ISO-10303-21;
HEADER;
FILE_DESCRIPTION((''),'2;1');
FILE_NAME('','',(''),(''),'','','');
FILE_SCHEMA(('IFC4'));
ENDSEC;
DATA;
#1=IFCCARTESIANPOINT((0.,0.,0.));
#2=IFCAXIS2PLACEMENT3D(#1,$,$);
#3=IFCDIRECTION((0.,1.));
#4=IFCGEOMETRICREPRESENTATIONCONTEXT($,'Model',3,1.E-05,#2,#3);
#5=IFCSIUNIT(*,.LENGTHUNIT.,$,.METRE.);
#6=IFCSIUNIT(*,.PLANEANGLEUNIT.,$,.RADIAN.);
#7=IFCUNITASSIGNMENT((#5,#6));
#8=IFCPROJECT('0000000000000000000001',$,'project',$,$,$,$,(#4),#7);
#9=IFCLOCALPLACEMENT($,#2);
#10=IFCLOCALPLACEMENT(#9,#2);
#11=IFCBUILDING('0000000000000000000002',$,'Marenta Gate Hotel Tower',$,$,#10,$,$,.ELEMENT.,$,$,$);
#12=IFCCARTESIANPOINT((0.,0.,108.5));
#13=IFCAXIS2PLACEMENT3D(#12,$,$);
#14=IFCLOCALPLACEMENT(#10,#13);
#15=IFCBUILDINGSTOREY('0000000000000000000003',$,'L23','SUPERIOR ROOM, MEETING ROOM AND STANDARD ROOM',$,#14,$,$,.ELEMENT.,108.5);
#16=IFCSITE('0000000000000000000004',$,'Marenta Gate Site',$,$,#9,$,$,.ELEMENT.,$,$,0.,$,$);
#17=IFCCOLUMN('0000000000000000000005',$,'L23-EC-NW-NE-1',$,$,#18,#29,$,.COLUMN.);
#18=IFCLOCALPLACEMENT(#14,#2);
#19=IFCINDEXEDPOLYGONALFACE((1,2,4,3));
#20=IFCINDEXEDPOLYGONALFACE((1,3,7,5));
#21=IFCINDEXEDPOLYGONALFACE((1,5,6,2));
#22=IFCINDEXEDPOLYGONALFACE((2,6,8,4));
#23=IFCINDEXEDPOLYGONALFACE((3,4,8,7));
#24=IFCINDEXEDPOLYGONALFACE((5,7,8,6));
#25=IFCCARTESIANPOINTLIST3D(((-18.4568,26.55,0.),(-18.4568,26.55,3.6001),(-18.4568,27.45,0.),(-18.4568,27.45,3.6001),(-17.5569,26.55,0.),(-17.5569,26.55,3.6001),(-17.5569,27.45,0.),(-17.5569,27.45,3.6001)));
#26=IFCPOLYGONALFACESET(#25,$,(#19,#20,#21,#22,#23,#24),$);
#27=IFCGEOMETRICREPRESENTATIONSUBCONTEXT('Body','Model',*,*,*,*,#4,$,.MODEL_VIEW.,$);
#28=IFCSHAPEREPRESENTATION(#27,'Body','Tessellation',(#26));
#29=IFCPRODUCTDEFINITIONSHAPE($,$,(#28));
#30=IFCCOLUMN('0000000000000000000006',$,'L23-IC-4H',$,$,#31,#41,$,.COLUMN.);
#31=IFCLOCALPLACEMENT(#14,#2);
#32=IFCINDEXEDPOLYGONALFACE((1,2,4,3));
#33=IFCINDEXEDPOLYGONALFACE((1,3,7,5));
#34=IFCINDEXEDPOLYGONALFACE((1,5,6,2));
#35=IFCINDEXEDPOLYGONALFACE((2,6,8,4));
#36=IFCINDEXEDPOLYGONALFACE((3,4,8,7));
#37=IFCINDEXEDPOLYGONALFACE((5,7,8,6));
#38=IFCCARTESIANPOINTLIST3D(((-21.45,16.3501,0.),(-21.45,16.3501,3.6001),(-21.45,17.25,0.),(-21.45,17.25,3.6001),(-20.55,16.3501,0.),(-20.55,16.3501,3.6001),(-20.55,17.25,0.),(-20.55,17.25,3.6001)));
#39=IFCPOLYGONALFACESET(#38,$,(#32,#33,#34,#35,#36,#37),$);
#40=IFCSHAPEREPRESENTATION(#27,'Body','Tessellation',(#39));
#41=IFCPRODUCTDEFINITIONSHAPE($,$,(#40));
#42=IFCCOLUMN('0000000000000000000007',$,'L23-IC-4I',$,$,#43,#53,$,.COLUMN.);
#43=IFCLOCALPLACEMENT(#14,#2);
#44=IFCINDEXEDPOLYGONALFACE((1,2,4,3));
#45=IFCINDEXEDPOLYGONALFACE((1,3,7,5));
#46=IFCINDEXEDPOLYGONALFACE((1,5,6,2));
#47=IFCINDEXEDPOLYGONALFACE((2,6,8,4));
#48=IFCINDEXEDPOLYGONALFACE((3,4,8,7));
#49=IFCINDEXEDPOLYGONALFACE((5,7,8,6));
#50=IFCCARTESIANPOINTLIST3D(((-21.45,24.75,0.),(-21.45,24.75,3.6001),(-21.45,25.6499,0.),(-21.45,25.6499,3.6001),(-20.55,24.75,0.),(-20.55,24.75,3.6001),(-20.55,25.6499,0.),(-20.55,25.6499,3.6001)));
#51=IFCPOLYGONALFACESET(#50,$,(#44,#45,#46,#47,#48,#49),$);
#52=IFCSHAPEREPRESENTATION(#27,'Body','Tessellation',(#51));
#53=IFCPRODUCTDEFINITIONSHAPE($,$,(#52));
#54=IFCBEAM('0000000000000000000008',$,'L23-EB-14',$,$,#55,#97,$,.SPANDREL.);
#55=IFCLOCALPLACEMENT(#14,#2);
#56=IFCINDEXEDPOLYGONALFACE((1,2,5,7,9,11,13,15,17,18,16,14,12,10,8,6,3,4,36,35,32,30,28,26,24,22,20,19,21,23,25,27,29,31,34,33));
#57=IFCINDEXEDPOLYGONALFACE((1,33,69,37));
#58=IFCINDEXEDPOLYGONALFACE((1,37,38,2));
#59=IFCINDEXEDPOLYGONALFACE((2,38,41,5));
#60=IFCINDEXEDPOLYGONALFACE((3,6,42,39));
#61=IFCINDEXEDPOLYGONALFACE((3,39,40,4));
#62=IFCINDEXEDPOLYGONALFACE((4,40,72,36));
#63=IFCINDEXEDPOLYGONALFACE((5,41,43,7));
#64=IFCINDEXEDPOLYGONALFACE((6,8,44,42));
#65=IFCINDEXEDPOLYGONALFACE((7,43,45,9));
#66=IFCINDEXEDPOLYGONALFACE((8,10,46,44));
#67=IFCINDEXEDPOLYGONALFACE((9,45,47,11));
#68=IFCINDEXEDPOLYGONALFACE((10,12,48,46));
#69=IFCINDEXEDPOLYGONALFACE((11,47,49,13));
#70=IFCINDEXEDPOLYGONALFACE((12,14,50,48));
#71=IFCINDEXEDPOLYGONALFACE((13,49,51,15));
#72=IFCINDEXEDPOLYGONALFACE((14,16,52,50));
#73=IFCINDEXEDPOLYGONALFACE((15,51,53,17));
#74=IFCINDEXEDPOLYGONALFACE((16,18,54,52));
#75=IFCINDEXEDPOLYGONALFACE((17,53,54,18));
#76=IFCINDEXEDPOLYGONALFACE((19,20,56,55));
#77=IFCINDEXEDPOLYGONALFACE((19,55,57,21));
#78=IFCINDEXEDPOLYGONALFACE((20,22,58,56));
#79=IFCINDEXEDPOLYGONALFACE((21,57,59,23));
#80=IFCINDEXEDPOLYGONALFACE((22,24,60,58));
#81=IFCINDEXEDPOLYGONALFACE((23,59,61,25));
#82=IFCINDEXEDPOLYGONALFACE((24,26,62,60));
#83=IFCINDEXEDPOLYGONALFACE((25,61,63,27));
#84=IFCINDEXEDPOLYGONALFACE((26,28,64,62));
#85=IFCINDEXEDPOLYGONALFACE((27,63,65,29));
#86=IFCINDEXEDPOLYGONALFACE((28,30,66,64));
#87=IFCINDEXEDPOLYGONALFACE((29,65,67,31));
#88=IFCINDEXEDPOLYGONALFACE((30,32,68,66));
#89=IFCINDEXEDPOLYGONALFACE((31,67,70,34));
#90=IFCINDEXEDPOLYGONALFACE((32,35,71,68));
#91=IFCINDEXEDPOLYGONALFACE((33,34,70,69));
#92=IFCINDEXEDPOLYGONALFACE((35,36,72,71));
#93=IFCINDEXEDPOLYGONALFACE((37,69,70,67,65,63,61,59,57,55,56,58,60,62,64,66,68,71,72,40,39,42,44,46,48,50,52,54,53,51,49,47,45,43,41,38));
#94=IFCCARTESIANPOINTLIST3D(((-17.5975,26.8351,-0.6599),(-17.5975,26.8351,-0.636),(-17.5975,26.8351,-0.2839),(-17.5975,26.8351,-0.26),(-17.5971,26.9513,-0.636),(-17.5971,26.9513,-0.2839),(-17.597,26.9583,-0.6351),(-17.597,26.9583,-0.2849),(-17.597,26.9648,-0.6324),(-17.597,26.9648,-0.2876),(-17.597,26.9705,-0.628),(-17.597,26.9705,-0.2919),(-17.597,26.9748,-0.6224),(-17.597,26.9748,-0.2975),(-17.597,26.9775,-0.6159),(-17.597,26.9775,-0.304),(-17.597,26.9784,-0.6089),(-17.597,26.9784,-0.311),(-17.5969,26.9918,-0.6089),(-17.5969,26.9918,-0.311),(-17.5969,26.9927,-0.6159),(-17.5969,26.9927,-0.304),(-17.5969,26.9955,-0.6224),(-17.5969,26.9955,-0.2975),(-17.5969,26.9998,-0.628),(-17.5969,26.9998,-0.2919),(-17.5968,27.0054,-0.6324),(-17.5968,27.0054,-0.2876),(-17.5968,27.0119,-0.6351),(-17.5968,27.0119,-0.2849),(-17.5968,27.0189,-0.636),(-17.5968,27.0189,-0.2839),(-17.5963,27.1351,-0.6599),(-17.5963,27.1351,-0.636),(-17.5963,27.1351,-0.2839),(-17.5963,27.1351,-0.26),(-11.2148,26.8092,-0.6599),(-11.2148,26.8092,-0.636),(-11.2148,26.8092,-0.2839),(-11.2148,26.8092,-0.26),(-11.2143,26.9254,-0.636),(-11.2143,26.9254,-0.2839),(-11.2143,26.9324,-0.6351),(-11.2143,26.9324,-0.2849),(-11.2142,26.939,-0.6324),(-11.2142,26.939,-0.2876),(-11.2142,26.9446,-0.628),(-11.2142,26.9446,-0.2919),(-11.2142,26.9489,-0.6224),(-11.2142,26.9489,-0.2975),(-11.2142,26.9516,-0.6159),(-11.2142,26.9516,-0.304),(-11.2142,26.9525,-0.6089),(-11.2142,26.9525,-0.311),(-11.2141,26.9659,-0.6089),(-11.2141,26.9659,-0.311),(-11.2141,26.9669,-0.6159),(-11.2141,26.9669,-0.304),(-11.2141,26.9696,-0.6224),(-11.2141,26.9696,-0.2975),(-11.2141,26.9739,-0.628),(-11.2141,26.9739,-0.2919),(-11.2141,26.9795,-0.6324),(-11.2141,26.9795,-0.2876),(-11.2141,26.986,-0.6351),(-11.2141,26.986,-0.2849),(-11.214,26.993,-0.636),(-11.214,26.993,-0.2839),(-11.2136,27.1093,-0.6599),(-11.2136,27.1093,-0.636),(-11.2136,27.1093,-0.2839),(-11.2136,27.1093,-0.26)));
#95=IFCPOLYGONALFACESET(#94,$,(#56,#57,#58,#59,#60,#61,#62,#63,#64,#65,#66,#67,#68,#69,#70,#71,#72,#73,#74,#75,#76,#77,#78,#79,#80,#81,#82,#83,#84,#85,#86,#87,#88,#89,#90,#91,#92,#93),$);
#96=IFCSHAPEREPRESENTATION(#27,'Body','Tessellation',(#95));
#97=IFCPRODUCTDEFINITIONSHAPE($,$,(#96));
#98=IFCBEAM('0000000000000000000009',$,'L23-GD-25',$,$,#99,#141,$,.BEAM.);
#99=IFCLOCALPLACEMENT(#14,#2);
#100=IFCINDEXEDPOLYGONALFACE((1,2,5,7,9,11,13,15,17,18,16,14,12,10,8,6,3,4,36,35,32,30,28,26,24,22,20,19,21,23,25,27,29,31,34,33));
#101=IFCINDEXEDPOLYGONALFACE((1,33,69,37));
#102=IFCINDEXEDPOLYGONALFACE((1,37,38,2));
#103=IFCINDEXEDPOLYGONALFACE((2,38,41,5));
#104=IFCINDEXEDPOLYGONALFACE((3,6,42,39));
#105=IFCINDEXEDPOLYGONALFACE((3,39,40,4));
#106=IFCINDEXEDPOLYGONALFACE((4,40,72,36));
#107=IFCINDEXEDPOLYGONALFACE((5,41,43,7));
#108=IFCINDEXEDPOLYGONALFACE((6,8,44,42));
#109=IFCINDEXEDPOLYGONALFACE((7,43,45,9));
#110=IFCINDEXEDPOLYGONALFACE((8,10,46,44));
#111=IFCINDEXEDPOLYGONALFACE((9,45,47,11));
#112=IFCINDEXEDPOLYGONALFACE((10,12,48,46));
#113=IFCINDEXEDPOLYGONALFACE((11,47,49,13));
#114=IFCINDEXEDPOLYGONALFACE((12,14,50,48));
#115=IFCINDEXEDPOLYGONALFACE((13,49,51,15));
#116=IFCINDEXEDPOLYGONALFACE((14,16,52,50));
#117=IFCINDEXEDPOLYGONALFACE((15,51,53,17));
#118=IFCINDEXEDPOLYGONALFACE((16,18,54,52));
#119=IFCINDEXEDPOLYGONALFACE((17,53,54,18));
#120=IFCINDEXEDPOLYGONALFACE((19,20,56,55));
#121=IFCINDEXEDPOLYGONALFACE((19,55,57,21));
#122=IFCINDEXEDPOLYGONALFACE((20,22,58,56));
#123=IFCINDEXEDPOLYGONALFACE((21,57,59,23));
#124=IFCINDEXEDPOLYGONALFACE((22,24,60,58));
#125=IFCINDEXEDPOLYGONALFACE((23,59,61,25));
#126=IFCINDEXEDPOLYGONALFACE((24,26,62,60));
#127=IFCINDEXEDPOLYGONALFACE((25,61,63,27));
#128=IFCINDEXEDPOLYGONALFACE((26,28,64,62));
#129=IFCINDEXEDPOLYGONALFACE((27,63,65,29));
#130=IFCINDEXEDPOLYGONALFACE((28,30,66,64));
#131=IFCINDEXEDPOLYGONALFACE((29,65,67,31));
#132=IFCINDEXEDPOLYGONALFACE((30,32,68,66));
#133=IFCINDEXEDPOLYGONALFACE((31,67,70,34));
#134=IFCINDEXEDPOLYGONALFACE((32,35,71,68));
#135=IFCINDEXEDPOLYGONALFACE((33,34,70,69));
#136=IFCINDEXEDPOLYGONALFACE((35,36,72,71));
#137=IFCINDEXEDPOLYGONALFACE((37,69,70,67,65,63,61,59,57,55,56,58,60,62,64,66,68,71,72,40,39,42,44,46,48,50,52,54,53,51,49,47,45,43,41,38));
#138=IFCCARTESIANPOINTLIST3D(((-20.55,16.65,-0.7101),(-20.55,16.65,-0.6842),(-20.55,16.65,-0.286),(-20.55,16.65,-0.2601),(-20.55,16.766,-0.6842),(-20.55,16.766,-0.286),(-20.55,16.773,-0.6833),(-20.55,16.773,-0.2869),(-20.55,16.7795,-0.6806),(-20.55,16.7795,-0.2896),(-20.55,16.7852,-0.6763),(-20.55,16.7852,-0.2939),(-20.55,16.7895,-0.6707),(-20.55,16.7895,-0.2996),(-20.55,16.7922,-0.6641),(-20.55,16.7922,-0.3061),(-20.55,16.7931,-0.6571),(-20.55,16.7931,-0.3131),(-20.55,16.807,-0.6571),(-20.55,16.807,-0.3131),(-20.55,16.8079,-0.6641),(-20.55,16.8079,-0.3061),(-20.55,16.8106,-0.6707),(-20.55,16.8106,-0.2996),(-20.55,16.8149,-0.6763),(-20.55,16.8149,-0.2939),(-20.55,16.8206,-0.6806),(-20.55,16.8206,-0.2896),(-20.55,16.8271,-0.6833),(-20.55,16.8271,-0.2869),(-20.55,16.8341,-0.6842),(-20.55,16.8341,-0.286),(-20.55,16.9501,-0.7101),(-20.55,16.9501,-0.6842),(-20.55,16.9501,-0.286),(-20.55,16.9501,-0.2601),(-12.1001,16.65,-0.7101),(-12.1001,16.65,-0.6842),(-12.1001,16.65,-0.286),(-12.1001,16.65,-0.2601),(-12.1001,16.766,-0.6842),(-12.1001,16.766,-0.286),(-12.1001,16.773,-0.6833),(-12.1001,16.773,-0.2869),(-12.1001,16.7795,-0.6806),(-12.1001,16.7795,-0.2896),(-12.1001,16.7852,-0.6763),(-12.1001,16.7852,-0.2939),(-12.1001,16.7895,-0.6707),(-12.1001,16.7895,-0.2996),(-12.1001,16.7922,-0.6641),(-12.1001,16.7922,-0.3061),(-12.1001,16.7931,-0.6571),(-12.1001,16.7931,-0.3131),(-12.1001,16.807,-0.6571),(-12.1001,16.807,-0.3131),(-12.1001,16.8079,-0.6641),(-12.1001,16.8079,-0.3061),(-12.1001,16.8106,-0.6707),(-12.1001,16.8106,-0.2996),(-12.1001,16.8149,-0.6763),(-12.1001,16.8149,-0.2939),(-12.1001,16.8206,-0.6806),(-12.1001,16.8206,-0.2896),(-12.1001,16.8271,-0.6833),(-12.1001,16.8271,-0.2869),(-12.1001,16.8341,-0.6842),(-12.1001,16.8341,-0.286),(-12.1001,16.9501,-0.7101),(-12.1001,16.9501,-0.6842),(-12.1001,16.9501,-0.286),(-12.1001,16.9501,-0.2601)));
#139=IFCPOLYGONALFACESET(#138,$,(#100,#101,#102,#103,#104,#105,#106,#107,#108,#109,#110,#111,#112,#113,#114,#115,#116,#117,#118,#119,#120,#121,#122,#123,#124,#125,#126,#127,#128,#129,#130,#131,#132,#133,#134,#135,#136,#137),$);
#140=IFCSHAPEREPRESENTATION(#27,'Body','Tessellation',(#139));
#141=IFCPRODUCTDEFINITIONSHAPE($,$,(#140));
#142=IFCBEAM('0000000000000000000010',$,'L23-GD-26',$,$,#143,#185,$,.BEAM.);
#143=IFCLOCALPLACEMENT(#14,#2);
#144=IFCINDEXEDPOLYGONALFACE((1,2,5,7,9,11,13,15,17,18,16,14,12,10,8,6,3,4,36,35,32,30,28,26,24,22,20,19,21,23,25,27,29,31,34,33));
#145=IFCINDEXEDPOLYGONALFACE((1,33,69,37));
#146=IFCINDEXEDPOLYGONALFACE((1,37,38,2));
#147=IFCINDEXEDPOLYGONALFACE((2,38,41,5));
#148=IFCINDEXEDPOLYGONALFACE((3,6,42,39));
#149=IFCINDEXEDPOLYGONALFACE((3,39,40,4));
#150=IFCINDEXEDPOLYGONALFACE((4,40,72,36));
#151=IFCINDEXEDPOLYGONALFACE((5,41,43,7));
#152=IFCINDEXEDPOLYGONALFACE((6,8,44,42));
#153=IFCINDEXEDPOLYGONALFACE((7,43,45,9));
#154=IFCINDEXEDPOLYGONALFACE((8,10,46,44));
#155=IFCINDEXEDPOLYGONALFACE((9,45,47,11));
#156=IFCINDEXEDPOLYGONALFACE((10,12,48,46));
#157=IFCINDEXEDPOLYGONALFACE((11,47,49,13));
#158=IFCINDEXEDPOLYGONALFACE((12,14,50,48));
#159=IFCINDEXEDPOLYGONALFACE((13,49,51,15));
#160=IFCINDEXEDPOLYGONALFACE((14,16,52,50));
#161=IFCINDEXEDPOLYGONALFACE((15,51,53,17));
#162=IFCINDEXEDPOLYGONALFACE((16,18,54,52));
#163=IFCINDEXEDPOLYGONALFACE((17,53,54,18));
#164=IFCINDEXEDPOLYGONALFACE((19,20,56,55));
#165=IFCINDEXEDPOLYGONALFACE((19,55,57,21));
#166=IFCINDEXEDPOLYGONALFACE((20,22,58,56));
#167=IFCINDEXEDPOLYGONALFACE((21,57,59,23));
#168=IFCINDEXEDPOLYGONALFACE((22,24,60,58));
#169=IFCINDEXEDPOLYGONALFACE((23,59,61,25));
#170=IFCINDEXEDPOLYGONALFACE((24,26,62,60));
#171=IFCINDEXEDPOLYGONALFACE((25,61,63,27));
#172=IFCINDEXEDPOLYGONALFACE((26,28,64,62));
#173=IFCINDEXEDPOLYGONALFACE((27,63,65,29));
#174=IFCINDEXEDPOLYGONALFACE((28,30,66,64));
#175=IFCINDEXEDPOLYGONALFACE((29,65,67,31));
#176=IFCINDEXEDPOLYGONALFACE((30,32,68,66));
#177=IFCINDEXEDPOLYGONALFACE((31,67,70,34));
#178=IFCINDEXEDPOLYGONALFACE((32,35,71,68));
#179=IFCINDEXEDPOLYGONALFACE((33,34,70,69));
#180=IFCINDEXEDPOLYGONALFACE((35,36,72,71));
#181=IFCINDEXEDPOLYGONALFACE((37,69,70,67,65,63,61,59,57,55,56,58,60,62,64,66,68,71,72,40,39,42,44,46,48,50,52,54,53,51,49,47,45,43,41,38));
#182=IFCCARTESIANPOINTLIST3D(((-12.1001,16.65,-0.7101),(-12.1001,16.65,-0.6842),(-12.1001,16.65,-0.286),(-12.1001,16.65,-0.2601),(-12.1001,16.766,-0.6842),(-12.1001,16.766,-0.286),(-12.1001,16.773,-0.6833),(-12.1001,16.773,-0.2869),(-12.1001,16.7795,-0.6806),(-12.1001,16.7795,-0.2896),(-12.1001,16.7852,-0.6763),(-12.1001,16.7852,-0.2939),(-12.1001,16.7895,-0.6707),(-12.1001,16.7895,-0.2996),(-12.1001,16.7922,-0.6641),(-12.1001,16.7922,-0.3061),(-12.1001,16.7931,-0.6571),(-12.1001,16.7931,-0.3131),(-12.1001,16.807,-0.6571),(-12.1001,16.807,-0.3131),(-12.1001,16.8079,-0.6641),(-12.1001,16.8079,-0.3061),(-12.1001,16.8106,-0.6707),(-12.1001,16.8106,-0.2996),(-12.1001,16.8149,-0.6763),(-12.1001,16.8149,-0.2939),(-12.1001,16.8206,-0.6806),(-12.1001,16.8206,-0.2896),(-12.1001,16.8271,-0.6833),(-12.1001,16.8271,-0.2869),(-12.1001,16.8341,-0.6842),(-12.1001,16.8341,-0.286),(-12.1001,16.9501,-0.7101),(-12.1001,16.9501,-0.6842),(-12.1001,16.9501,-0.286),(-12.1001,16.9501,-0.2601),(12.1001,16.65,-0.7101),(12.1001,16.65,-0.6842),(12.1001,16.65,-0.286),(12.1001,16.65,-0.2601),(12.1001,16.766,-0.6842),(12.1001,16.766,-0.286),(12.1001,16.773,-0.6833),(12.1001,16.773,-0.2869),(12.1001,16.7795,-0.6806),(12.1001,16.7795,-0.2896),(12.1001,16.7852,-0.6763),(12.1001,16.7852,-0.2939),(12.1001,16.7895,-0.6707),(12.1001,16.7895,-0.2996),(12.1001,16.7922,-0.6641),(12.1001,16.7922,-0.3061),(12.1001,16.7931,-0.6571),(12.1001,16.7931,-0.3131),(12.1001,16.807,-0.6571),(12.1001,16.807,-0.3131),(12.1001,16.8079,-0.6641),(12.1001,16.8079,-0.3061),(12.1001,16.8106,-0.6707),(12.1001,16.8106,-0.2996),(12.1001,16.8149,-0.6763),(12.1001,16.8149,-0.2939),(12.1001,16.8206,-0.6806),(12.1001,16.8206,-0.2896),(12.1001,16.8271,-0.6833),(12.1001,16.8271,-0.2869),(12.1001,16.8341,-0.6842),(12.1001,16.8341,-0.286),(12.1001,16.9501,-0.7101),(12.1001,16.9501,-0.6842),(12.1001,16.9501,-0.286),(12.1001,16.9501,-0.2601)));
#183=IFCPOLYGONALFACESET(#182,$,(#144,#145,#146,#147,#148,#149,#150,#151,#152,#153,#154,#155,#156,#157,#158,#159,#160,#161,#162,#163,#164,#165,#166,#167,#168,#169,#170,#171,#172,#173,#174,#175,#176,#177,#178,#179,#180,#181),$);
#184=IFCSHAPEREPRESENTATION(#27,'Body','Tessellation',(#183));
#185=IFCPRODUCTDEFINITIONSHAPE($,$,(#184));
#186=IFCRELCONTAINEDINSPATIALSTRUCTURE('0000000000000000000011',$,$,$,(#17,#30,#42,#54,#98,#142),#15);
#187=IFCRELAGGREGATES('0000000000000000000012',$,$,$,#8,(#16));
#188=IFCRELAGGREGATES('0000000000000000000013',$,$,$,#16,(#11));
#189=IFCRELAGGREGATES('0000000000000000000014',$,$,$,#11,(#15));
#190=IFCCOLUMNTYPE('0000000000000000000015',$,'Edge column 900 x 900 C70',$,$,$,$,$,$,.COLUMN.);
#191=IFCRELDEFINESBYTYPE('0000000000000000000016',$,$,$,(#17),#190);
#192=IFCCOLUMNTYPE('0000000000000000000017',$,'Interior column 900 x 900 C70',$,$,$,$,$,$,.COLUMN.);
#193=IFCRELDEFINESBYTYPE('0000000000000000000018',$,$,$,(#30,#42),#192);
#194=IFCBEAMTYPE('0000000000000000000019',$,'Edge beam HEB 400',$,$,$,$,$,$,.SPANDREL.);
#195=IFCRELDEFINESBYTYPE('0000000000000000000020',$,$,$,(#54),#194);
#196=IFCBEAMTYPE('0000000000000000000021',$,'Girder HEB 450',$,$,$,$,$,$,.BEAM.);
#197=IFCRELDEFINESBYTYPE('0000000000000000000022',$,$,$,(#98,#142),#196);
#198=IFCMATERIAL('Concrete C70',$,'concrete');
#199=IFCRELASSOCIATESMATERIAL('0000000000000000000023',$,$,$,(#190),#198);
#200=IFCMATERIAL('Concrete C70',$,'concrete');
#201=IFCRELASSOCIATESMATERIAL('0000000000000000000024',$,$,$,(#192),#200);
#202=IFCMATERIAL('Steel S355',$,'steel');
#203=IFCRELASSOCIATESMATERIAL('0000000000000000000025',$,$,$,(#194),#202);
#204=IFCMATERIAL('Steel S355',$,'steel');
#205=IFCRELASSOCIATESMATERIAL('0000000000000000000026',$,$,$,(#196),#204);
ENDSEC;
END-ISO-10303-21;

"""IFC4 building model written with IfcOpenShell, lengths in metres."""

from ifc_helpers import new_model, si_unit, direction, frame, origin, origin_2d, place, context, subcontext, project, spatial, rectangle, i_section, extrude, material, material_profile, profile_set, type_object, element, save


model = new_model("IFC4")

# Units and contexts
model_context = context("Model", 3, precision=1e-05, world=origin(), true_north=direction((0.0, 1.0)))
body_context = subcontext(model_context, "Body", "Model", "MODEL_VIEW")
ifc_project = project(units=[si_unit("LENGTHUNIT", "METRE"), si_unit("PLANEANGLEUNIT", "RADIAN")], contexts=[model_context])

# Site, building, storey
site_placement = place(None, origin())
site = spatial("IfcSite", under=ifc_project, at=site_placement, Name="Marenta Gate Site", CompositionType="ELEMENT", RefElevation=0.0)
building_placement = place(site_placement, origin())
building = spatial("IfcBuilding", under=site, at=building_placement, Name="Marenta Gate Hotel Tower", CompositionType="ELEMENT")
storey_placement = place(building_placement, frame((0.0, 0.0, 108.5)))
storey = spatial("IfcBuildingStorey", under=building, at=storey_placement, Name="L23", Description="SUPERIOR ROOM, MEETING ROOM AND STANDARD ROOM", CompositionType="ELEMENT", Elevation=108.5)

# Columns
ifc_material_1 = material(Name="Concrete C70", Category="concrete")
ifc_material_profile_1 = material_profile(ifc_material_1, rectangle(XDim=0.8999, YDim=0.8999, at=origin_2d()), Name="900 x 900")
ifc_profile_set_1 = profile_set([ifc_material_profile_1], Name="Concrete C70")
column_type_1 = type_object("IfcColumnType", Name="Edge column 900 x 900 C70", PredefinedType="COLUMN", material=ifc_profile_set_1)
column_placement = place(storey_placement, frame((-18.0068, 27.0, 0.0), z_axis=(0.0, 0.0, 1.0), x_axis=(1.0, 0.0, 0.0)))
element("IfcColumn", 1, at=column_placement, inside=storey, type_object=column_type_1, Name="L23-EC-NW-NE-1", PredefinedType="COLUMN", context=body_context, shape_type="SweptSolid", body=[
    extrude(rectangle(XDim=0.8999, YDim=0.8999, at=origin_2d()), origin(), (0.0, 0.0, 1.0), 3.6001),
])
ifc_material_2 = material(Name="Concrete C70", Category="concrete")
ifc_material_profile_2 = material_profile(ifc_material_2, rectangle(XDim=0.8999, YDim=0.8999, at=origin_2d()), Name="900 x 900")
ifc_profile_set_2 = profile_set([ifc_material_profile_2], Name="Concrete C70")
column_type_2 = type_object("IfcColumnType", Name="Interior column 900 x 900 C70", PredefinedType="COLUMN", material=ifc_profile_set_2)
for number, where, z_axis, x_axis, name in (
    (2, (-21.0, 16.8, 0.0), (0.0, 0.0, 1.0), (1.0, 0.0, 0.0), "L23-IC-4H"),
    (3, (-21.0, 25.2, 0.0), (0.0, 0.0, 1.0), (1.0, 0.0, 0.0), "L23-IC-4I"),
):
    element("IfcColumn", number, at=place(storey_placement, frame(where, z_axis=z_axis, x_axis=x_axis)), inside=storey, type_object=column_type_2, Name=name, PredefinedType="COLUMN", context=body_context, shape_type="SweptSolid", body=[
        extrude(rectangle(XDim=0.8999, YDim=0.8999, at=origin_2d()), origin(), (0.0, 0.0, 1.0), 3.6001),
    ])

# Beams
ifc_material_3 = material(Name="Steel S355", Category="steel")
ifc_material_profile_3 = material_profile(ifc_material_3, i_section(OverallWidth=0.3, OverallDepth=0.3999, WebThickness=0.0134, FlangeThickness=0.0239, FilletRadius=0.0271, at=origin_2d()), Name="HEB 400")
ifc_profile_set_3 = profile_set([ifc_material_profile_3], Name="Steel S355")
beam_type_1 = type_object("IfcBeamType", Name="Edge beam HEB 400", PredefinedType="SPANDREL", material=ifc_profile_set_3)
beam_1_placement = place(storey_placement, frame((-17.5969, 26.9851, -0.46), z_axis=(0.999992, -0.004054, 0.0), x_axis=(0.004054, 0.999992, 0.0)))
element("IfcBeam", 4, at=beam_1_placement, inside=storey, type_object=beam_type_1, Name="L23-EB-14", PredefinedType="SPANDREL", context=body_context, shape_type="SweptSolid", body=[
    extrude(i_section(OverallWidth=0.3, OverallDepth=0.3999, WebThickness=0.0134, FlangeThickness=0.0239, FilletRadius=0.0271, at=origin_2d()), origin(), (0.0, 0.0, 1.0), 6.3828),
])
ifc_material_4 = material(Name="Steel S355", Category="steel")
ifc_material_profile_4 = material_profile(ifc_material_4, i_section(OverallWidth=0.3, OverallDepth=0.45, WebThickness=0.0139, FlangeThickness=0.0259, FilletRadius=0.0271, at=origin_2d()), Name="HEB 450")
ifc_profile_set_4 = profile_set([ifc_material_profile_4], Name="Steel S355")
beam_type_2 = type_object("IfcBeamType", Name="Girder HEB 450", PredefinedType="BEAM", material=ifc_profile_set_4)
beam_2_placement = place(storey_placement, frame((-20.55, 16.8, -0.4851), z_axis=(1.0, 0.0, 0.0), x_axis=(0.0, 1.0, 0.0)))
element("IfcBeam", 5, at=beam_2_placement, inside=storey, type_object=beam_type_2, Name="L23-GD-25", PredefinedType="BEAM", context=body_context, shape_type="SweptSolid", body=[
    extrude(i_section(OverallWidth=0.3, OverallDepth=0.45, WebThickness=0.0139, FlangeThickness=0.0259, FilletRadius=0.0271, at=origin_2d()), origin(), (0.0, 0.0, 1.0), 8.45),
])
beam_3_placement = place(storey_placement, frame((-12.1001, 16.8, -0.4851), z_axis=(1.0, 0.0, 0.0), x_axis=(0.0, 1.0, 0.0)))
element("IfcBeam", 6, at=beam_3_placement, inside=storey, type_object=beam_type_2, Name="L23-GD-26", PredefinedType="BEAM", context=body_context, shape_type="SweptSolid", body=[
    extrude(i_section(OverallWidth=0.3, OverallDepth=0.45, WebThickness=0.0139, FlangeThickness=0.0259, FilletRadius=0.0271, at=origin_2d()), origin(), (0.0, 0.0, 1.0), 24.2002),
])

save(model, "model.ifc")
